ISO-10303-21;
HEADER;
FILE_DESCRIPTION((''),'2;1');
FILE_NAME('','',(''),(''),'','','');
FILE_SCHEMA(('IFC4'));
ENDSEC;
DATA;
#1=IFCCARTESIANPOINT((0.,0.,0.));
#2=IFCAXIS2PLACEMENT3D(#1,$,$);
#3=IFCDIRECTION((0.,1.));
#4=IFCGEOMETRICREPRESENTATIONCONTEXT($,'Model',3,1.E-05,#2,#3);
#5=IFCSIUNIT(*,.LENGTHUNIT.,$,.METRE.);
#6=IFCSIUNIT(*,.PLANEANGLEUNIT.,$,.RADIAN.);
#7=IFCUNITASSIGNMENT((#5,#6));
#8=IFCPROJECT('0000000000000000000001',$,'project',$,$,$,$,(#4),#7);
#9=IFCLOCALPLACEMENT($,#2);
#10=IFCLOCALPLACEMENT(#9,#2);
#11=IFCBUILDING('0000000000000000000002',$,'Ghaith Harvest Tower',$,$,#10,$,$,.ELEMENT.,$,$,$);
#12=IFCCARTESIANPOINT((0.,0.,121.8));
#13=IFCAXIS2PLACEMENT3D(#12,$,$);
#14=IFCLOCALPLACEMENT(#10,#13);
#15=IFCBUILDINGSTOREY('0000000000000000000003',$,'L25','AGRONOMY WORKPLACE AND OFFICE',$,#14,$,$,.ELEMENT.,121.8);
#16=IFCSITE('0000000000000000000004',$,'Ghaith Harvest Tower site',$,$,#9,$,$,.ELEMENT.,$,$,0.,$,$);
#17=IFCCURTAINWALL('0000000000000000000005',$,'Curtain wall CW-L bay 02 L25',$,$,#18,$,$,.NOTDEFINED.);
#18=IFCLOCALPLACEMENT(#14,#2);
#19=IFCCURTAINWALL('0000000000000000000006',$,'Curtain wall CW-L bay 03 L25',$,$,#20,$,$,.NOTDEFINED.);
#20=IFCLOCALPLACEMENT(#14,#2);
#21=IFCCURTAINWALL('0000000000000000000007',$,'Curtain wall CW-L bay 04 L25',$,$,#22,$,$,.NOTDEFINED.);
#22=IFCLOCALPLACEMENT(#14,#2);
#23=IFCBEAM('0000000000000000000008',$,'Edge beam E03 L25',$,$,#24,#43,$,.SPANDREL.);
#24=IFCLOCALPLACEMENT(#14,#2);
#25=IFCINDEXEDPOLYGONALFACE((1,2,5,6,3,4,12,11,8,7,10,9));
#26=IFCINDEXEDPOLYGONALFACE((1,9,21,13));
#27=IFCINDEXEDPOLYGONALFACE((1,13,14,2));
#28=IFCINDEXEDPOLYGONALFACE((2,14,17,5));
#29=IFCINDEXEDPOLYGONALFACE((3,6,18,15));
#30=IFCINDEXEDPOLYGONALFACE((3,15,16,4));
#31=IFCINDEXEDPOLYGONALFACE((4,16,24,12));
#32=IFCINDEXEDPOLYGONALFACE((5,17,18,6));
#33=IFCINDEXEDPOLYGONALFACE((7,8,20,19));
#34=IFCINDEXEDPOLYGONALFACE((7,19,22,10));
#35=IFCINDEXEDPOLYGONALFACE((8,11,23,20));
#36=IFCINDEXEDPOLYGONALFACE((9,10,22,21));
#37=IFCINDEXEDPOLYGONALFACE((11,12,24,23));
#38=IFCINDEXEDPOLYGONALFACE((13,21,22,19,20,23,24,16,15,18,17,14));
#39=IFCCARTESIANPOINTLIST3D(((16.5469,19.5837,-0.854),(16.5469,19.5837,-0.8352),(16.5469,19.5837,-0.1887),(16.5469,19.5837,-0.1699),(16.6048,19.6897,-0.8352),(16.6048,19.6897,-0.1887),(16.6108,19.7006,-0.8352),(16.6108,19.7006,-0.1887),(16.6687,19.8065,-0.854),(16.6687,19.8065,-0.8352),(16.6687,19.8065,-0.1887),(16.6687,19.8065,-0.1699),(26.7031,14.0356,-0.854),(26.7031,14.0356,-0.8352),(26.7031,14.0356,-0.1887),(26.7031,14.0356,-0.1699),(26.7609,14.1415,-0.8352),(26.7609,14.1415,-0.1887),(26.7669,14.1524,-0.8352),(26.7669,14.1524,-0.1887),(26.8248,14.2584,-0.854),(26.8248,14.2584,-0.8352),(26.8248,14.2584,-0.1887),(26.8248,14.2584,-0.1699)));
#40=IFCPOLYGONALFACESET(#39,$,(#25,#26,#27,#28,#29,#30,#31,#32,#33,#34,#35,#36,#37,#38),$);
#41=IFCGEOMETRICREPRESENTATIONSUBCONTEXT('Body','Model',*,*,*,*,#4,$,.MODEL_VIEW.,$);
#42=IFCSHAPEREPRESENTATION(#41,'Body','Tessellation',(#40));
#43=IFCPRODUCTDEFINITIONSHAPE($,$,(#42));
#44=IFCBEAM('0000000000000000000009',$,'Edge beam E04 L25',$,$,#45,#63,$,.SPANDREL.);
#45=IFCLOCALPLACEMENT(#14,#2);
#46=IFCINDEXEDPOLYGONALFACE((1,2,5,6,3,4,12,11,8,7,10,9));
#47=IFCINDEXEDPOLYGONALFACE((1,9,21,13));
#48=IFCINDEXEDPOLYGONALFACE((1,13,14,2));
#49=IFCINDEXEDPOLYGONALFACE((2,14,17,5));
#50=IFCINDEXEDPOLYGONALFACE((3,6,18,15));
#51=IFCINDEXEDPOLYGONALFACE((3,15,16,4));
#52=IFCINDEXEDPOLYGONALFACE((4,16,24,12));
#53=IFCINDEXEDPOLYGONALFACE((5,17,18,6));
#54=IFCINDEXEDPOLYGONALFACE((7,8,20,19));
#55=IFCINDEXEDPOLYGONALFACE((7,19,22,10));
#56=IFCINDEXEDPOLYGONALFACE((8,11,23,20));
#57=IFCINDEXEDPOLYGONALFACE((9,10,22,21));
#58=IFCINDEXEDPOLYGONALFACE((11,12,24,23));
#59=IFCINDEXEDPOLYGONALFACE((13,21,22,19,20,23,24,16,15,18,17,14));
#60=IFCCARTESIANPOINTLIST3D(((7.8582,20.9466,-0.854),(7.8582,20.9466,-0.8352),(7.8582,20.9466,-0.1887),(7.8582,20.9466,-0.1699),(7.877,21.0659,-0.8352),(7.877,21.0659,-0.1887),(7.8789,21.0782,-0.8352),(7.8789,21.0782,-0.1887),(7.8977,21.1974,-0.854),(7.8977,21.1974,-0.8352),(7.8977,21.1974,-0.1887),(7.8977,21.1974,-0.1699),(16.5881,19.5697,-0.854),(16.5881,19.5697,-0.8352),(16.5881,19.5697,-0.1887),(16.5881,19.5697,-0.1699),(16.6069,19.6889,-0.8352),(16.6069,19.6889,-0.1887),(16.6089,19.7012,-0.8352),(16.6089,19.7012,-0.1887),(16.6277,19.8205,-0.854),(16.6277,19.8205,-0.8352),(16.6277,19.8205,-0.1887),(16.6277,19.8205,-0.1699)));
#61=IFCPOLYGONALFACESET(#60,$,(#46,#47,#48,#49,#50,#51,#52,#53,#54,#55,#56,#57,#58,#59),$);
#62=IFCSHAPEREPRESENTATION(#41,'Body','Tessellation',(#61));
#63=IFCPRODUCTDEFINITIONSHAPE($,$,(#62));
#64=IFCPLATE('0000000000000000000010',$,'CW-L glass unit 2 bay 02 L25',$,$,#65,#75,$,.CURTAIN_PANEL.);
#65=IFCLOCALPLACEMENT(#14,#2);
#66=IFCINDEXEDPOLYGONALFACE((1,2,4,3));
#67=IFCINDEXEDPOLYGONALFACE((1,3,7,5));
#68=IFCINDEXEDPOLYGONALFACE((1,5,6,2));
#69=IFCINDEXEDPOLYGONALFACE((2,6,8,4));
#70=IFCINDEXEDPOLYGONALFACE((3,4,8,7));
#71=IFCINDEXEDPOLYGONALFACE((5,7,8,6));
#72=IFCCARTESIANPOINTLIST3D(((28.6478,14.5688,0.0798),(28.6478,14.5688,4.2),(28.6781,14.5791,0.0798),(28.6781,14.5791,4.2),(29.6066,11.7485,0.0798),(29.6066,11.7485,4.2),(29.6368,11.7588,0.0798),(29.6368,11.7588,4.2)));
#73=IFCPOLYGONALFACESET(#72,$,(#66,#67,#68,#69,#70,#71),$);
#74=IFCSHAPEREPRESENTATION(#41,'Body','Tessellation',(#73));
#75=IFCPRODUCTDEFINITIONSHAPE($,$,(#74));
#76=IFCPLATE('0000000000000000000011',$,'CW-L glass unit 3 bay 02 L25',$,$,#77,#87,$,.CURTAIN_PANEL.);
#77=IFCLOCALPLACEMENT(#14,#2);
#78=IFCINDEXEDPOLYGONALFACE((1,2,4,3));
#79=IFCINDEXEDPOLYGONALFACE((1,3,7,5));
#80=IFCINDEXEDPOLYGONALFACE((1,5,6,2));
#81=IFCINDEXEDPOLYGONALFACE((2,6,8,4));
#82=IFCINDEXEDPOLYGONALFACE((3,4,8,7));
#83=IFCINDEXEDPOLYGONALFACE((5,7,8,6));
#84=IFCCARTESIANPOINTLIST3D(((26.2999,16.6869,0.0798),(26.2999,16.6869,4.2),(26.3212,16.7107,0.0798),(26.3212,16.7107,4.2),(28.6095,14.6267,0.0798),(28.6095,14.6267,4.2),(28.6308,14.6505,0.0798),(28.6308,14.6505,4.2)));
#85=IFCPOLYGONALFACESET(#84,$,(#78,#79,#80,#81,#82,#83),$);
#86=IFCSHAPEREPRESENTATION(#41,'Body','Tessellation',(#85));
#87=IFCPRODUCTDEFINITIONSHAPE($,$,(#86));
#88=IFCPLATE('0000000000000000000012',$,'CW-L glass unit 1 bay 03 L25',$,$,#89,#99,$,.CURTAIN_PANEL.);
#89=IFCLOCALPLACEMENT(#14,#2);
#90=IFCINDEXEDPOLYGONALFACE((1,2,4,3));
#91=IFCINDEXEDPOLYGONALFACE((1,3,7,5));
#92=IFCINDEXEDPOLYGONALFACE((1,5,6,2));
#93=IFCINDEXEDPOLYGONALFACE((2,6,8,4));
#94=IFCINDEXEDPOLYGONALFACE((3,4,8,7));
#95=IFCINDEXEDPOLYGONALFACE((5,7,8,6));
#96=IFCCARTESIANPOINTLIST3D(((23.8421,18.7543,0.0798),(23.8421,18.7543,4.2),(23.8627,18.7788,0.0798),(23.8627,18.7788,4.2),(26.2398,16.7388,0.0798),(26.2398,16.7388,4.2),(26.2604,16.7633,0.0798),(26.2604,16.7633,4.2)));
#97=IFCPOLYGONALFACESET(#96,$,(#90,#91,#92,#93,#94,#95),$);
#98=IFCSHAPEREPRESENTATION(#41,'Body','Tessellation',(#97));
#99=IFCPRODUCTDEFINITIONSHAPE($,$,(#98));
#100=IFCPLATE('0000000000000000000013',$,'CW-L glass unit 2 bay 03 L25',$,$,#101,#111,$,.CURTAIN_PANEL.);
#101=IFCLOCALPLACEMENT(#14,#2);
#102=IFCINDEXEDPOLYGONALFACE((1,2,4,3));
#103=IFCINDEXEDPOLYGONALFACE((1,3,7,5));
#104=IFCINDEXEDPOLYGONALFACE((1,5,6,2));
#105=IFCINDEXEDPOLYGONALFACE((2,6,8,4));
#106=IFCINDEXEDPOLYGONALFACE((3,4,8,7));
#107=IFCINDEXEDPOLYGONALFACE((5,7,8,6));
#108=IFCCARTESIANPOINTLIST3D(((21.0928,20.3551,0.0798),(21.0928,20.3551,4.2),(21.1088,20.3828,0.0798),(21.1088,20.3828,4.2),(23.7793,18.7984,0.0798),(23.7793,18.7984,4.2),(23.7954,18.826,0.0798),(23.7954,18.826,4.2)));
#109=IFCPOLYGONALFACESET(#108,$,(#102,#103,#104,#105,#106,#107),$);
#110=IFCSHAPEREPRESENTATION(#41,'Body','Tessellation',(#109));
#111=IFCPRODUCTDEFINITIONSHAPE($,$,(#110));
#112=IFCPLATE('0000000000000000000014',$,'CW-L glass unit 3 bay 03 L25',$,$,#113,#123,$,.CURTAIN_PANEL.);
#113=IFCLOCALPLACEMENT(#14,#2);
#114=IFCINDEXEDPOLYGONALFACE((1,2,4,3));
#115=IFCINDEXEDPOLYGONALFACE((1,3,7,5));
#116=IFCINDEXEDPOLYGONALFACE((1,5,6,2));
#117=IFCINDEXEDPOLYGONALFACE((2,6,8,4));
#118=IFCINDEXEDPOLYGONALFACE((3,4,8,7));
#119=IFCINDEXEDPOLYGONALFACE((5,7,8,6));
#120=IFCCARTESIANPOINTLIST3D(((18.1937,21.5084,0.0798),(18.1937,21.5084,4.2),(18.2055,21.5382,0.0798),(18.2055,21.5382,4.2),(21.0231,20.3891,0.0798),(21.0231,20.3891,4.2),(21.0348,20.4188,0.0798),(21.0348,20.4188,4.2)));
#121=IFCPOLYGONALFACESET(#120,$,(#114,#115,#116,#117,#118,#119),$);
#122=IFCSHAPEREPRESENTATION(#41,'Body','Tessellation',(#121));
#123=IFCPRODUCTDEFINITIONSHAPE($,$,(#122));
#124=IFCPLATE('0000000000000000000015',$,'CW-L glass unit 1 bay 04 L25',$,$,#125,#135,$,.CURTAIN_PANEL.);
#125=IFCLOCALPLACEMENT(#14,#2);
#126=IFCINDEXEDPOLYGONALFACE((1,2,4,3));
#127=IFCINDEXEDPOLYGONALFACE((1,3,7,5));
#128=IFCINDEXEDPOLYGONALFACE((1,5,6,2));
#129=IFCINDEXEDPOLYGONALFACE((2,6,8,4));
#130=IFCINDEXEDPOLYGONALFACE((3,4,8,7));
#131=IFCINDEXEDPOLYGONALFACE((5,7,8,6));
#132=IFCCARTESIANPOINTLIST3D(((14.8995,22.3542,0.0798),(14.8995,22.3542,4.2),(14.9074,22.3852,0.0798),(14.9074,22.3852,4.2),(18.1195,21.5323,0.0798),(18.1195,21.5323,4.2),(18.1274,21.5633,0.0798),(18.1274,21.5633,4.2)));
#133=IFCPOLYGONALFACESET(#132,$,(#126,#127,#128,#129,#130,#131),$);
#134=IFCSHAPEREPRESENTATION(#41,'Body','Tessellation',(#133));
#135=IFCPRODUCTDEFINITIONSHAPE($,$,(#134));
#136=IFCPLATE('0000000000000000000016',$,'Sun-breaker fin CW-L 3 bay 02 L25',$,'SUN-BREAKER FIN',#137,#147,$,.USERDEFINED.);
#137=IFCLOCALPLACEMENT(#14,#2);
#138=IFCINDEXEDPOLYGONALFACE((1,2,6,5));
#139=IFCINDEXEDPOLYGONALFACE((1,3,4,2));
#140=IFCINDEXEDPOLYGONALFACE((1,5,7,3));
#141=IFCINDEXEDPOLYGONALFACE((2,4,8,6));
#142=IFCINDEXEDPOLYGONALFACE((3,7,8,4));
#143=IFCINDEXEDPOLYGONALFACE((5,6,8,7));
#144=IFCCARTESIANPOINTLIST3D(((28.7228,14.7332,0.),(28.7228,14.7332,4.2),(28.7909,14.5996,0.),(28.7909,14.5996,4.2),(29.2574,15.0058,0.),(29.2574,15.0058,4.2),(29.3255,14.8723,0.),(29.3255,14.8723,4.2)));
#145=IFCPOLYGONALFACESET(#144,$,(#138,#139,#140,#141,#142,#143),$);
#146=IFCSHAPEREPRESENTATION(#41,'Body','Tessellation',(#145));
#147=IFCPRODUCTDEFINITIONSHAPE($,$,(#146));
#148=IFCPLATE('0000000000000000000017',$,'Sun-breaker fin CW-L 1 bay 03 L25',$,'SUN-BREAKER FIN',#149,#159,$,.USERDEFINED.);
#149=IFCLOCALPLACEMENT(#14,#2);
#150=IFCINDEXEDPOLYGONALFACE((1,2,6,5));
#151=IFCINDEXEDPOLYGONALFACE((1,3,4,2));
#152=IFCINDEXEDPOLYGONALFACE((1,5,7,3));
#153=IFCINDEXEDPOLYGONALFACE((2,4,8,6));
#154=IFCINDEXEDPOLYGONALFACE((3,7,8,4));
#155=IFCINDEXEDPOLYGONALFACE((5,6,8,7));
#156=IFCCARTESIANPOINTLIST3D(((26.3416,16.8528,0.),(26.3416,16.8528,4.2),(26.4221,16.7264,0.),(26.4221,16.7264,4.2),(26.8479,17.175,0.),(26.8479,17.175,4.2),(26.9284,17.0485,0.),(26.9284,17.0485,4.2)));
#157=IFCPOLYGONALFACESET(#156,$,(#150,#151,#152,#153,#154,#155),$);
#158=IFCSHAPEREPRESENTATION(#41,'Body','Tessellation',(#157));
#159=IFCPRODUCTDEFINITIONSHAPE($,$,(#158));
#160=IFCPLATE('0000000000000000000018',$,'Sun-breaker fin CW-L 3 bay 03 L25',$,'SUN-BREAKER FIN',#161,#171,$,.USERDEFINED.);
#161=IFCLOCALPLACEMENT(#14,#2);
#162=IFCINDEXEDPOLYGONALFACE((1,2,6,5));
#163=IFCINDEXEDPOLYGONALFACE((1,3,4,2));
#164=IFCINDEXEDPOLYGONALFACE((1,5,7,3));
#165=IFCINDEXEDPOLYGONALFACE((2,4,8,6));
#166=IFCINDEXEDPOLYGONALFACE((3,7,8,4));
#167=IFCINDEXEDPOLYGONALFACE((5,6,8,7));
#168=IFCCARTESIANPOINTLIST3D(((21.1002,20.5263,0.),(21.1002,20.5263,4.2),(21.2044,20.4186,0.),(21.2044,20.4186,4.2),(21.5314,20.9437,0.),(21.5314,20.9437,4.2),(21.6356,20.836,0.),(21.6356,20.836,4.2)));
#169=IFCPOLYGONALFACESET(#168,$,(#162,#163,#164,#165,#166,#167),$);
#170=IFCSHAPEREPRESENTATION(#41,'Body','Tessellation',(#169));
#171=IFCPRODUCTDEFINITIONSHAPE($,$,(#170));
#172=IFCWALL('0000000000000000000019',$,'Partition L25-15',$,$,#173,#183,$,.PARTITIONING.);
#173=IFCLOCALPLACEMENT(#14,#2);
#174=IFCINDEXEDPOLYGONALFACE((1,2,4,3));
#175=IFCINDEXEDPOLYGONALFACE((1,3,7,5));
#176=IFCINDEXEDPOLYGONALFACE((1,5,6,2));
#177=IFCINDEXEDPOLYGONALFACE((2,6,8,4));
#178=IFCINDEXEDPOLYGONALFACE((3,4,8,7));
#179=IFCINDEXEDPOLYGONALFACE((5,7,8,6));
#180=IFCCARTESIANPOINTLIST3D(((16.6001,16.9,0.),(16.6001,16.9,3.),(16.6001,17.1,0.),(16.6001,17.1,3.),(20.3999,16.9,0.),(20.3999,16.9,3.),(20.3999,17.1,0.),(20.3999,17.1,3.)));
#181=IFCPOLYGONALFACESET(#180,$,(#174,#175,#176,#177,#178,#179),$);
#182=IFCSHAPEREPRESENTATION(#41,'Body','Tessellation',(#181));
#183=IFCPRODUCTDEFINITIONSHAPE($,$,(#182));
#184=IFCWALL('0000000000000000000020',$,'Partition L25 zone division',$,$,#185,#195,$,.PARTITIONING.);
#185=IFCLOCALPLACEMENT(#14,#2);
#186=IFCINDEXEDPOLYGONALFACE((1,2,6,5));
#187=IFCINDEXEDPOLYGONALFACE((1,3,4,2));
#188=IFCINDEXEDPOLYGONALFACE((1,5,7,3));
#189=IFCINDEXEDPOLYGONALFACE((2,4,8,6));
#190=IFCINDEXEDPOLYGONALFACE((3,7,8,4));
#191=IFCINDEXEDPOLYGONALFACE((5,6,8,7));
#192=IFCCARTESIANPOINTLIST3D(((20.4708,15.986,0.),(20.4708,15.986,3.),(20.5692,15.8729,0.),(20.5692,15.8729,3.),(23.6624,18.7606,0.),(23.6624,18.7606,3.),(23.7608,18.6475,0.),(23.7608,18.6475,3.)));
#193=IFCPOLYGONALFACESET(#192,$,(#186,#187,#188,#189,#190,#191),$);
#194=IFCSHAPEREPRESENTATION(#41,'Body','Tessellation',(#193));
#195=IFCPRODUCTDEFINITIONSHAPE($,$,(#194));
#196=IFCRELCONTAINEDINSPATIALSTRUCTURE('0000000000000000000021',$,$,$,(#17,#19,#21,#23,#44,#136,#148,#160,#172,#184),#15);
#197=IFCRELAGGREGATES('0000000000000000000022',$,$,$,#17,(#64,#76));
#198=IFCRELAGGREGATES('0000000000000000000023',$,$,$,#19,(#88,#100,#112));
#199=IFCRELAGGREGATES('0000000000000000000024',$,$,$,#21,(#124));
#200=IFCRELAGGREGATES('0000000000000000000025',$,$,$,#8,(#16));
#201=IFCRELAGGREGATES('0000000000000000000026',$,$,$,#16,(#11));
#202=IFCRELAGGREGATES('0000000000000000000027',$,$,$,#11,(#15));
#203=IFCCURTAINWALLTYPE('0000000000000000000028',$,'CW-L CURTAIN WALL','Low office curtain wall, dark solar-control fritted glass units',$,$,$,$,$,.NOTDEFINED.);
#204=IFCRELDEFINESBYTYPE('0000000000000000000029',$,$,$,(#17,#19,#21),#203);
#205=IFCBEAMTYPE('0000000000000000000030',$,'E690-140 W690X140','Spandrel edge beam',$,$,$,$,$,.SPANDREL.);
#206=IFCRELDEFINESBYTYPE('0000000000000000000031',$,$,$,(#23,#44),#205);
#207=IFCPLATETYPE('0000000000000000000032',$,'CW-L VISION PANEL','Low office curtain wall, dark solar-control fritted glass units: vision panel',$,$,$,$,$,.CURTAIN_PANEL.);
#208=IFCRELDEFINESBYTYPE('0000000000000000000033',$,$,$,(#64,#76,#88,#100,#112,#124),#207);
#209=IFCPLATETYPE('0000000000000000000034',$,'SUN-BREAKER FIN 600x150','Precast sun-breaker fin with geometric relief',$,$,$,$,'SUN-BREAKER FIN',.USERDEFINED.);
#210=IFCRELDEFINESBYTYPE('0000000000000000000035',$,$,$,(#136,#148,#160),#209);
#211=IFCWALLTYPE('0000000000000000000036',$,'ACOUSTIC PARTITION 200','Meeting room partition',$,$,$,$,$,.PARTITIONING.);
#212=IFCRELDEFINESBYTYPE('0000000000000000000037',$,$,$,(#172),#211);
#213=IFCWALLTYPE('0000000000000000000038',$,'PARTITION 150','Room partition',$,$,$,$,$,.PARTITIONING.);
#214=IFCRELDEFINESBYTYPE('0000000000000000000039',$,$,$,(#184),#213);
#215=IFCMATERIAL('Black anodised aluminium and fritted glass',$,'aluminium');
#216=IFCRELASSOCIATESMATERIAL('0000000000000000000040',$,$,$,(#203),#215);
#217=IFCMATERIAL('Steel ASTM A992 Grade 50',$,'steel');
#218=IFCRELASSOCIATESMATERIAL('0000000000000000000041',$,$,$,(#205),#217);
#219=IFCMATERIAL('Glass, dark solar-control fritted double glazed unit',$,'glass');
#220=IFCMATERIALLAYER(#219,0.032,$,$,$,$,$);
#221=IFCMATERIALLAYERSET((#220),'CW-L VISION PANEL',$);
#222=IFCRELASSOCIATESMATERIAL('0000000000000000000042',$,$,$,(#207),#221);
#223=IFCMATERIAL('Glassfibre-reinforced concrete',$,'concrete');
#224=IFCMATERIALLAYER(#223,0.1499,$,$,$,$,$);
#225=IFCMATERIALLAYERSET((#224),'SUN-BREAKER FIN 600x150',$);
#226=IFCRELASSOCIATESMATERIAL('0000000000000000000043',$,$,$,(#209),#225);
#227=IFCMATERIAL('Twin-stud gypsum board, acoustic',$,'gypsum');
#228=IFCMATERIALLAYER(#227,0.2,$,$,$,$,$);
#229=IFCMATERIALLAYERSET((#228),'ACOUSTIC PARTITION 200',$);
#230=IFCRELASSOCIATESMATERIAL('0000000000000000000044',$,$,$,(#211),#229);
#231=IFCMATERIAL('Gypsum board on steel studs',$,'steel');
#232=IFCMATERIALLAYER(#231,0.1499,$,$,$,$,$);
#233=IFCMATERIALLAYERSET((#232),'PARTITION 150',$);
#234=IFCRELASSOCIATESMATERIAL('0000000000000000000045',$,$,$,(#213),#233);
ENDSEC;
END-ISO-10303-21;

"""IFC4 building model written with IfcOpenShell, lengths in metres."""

from ifc_helpers import new_model, si_unit, direction, frame, frame_2d, origin, origin_2d, place, context, subcontext, project, spatial, rectangle, i_section, extrude, material, layer, layer_set, material_profile, profile_set, type_object, element, aggregate, save


model = new_model("IFC4")

# Units and contexts
model_context = context("Model", 3, precision=1e-05, world=origin(), true_north=direction((0.0, 1.0)))
body_context = subcontext(model_context, "Body", "Model", "MODEL_VIEW")
ifc_project = project(units=[si_unit("LENGTHUNIT", "METRE"), si_unit("PLANEANGLEUNIT", "RADIAN")], contexts=[model_context])

# Site, building, storey
site_placement = place(None, origin())
site = spatial("IfcSite", under=ifc_project, at=site_placement, Name="Ghaith Harvest Tower site", CompositionType="ELEMENT", RefElevation=0.0)
building_placement = place(site_placement, origin())
building = spatial("IfcBuilding", under=site, at=building_placement, Name="Ghaith Harvest Tower", CompositionType="ELEMENT")
storey_placement = place(building_placement, frame((0.0, 0.0, 121.8)))
storey = spatial("IfcBuildingStorey", under=building, at=storey_placement, Name="L25", Description="AGRONOMY WORKPLACE AND OFFICE", CompositionType="ELEMENT", Elevation=121.8)

# Curtain wall
ifc_material_1 = material(Name="Black anodised aluminium and fritted glass", Category="aluminium")
curtain_wall_type = type_object("IfcCurtainWallType", Name="CW-L CURTAIN WALL", Description="Low office curtain wall, dark solar-control fritted glass units", PredefinedType="NOTDEFINED", material=ifc_material_1)
curtain_wall_1_placement = place(storey_placement, origin())
curtain_wall_1 = element("IfcCurtainWall", 1, at=curtain_wall_1_placement, inside=storey, type_object=curtain_wall_type, Name="Curtain wall CW-L bay 02 L25", PredefinedType="NOTDEFINED")

# Curtain walls
curtain_wall_2_placement = place(storey_placement, origin())
curtain_wall_2 = element("IfcCurtainWall", 2, at=curtain_wall_2_placement, inside=storey, type_object=curtain_wall_type, Name="Curtain wall CW-L bay 03 L25", PredefinedType="NOTDEFINED")
curtain_wall_3_placement = place(storey_placement, origin())
curtain_wall_3 = element("IfcCurtainWall", 3, at=curtain_wall_3_placement, inside=storey, type_object=curtain_wall_type, Name="Curtain wall CW-L bay 04 L25", PredefinedType="NOTDEFINED")

# Beams
ifc_material_2 = material(Name="Steel ASTM A992 Grade 50", Category="steel")
ifc_material_profile_1 = material_profile(ifc_material_2, i_section(OverallWidth=0.2539, OverallDepth=0.6841, WebThickness=0.0125, FlangeThickness=0.0188, at=origin_2d()), Name="W690X140")
ifc_profile_set_1 = profile_set([ifc_material_profile_1], Name="Steel ASTM A992 Grade 50")
beam_type = type_object("IfcBeamType", Name="E690-140 W690X140", Description="Spandrel edge beam", PredefinedType="SPANDREL", material=ifc_profile_set_1)
beam_1_placement = place(storey_placement, frame((26.7639, 14.147, -0.512), z_axis=(-0.877588, 0.479415, 0.0), x_axis=(-0.479415, -0.877588, 0.0)))
element("IfcBeam", 4, at=beam_1_placement, inside=storey, type_object=beam_type, Name="Edge beam E03 L25", PredefinedType="SPANDREL", context=body_context, shape_type="SweptSolid", body=[
    extrude(i_section(OverallWidth=0.2539, OverallDepth=0.6841, WebThickness=0.0125, FlangeThickness=0.0188, at=origin_2d()), origin(), (0.0, 0.0, 1.0), 11.5728),
])
beam_2_placement = place(storey_placement, frame((16.6079, 19.6951, -0.512), z_axis=(-0.987788, 0.155801, 0.0), x_axis=(-0.155801, -0.987788, 0.0)))
element("IfcBeam", 5, at=beam_2_placement, inside=storey, type_object=beam_type, Name="Edge beam E04 L25", PredefinedType="SPANDREL", context=body_context, shape_type="SweptSolid", body=[
    extrude(i_section(OverallWidth=0.2539, OverallDepth=0.6841, WebThickness=0.0125, FlangeThickness=0.0188, at=origin_2d()), origin(), (0.0, 0.0, 1.0), 8.8379),
])

# Plates
ifc_material_3 = material(Name="Glass, dark solar-control fritted double glazed unit", Category="glass")
ifc_layer_1 = layer(ifc_material_3, 0.032)
ifc_layer_set_1 = layer_set([ifc_layer_1], Name="CW-L VISION PANEL")
plate_type_1 = type_object("IfcPlateType", Name="CW-L VISION PANEL", Description="Low office curtain wall, dark solar-control fritted glass units: vision panel", PredefinedType="CURTAIN_PANEL", material=ifc_layer_set_1)
plate_1_placement = place(storey_placement, frame((29.1423, 13.1638, 0.0798), z_axis=(0.0, 0.0, 1.0), x_axis=(-0.321853, 0.94679, 0.0)))
plate_1 = element("IfcPlate", 6, at=plate_1_placement, type_object=plate_type_1, Name="CW-L glass unit 2 bay 02 L25", PredefinedType="CURTAIN_PANEL", context=body_context, shape_type="SweptSolid", body=[
    extrude(rectangle(XDim=2.9788, YDim=0.032, at=origin_2d()), origin(), (0.0, 0.0, 1.0), 4.1201),
])
plate_2_placement = place(storey_placement, frame((27.4653, 15.6687, 0.0798), z_axis=(0.0, 0.0, 1.0), x_axis=(-0.746251, 0.665665, 0.0)))
plate_2 = element("IfcPlate", 7, at=plate_2_placement, type_object=plate_type_1, Name="CW-L glass unit 3 bay 02 L25", PredefinedType="CURTAIN_PANEL", context=body_context, shape_type="SweptSolid", body=[
    extrude(rectangle(XDim=3.095, YDim=0.032, at=origin_2d()), origin(), (0.0, 0.0, 1.0), 4.1201),
])
aggregate(curtain_wall_1, [plate_1, plate_2])
plate_3_placement = place(storey_placement, frame((25.0513, 17.7588, 0.0798), z_axis=(0.0, 0.0, 1.0), x_axis=(-0.765473, 0.643468, 0.0)))
plate_3 = element("IfcPlate", 8, at=plate_3_placement, type_object=plate_type_1, Name="CW-L glass unit 1 bay 03 L25", PredefinedType="CURTAIN_PANEL", context=body_context, shape_type="SweptSolid", body=[
    extrude(rectangle(XDim=3.1323, YDim=0.032, at=origin_2d()), origin(), (0.0, 0.0, 1.0), 4.1201),
])
plate_4_placement = place(storey_placement, frame((22.4441, 19.5906, 0.0798), z_axis=(0.0, 0.0, 1.0), x_axis=(-0.865232, 0.501372, 0.0)))
plate_4 = element("IfcPlate", 9, at=plate_4_placement, type_object=plate_type_1, Name="CW-L glass unit 2 bay 03 L25", PredefinedType="CURTAIN_PANEL", context=body_context, shape_type="SweptSolid", body=[
    extrude(rectangle(XDim=3.105, YDim=0.032, at=origin_2d()), origin(), (0.0, 0.0, 1.0), 4.1201),
])
plate_5_placement = place(storey_placement, frame((19.6143, 20.9636, 0.0798), z_axis=(0.0, 0.0, 1.0), x_axis=(-0.929877, 0.367872, 0.0)))
plate_5 = element("IfcPlate", 10, at=plate_5_placement, type_object=plate_type_1, Name="CW-L glass unit 3 bay 03 L25", PredefinedType="CURTAIN_PANEL", context=body_context, shape_type="SweptSolid", body=[
    extrude(rectangle(XDim=3.0427, YDim=0.032, at=origin_2d()), origin(), (0.0, 0.0, 1.0), 4.1201),
])
aggregate(curtain_wall_2, [plate_3, plate_4, plate_5])
plate_6_placement = place(storey_placement, frame((16.5134, 21.9587, 0.0798), z_axis=(0.0, 0.0, 1.0), x_axis=(-0.968931, 0.247331, 0.0)))
plate_6 = element("IfcPlate", 11, at=plate_6_placement, type_object=plate_type_1, Name="CW-L glass unit 1 bay 04 L25", PredefinedType="CURTAIN_PANEL", context=body_context, shape_type="SweptSolid", body=[
    extrude(rectangle(XDim=3.3232, YDim=0.032, at=origin_2d()), origin(), (0.0, 0.0, 1.0), 4.1201),
])
aggregate(curtain_wall_3, [plate_6])

# Plates
ifc_material_4 = material(Name="Glassfibre-reinforced concrete", Category="concrete")
ifc_layer_2 = layer(ifc_material_4, 0.1499)
ifc_layer_set_2 = layer_set([ifc_layer_2], Name="SUN-BREAKER FIN 600x150")
plate_type_2 = type_object("IfcPlateType", Name="SUN-BREAKER FIN 600x150", Description="Precast sun-breaker fin with geometric relief", ElementType="SUN-BREAKER FIN", PredefinedType="USERDEFINED", material=ifc_layer_set_2)
for number, where, z_axis, x_axis, name in (
    (12, (29.0242, 14.8027, 0.0), (0.0, 0.0, 1.0), (0.890831, 0.454335, 0.0), "Sun-breaker fin CW-L 3 bay 02 L25"),
    (13, (26.635, 16.9507, 0.0), (0.0, 0.0, 1.0), (0.843644, 0.536903, 0.0), "Sun-breaker fin CW-L 1 bay 03 L25"),
    (14, (21.3679, 20.6812, 0.0), (0.0, 0.0, 1.0), (0.718559, 0.695466, 0.0), "Sun-breaker fin CW-L 3 bay 03 L25"),
):
    element("IfcPlate", number, at=place(storey_placement, frame(where, z_axis=z_axis, x_axis=x_axis)), inside=storey, type_object=plate_type_2, Name=name, ObjectType="SUN-BREAKER FIN", PredefinedType="USERDEFINED", context=body_context, shape_type="SweptSolid", body=[
        extrude(rectangle(XDim=0.6001, YDim=0.1499, at=origin_2d()), origin(), (0.0, 0.0, 1.0), 4.2),
    ])

# Walls
ifc_material_5 = material(Name="Twin-stud gypsum board, acoustic", Category="gypsum")
ifc_layer_3 = layer(ifc_material_5, 0.2)
ifc_layer_set_3 = layer_set([ifc_layer_3], Name="ACOUSTIC PARTITION 200")
wall_type_1 = type_object("IfcWallType", Name="ACOUSTIC PARTITION 200", Description="Meeting room partition", PredefinedType="PARTITIONING", material=ifc_layer_set_3)
wall_1_placement = place(storey_placement, frame((16.6001, 17.0, 0.0), z_axis=(0.0, 0.0, 1.0), x_axis=(1.0, 0.0, 0.0)))
element("IfcWall", 15, at=wall_1_placement, inside=storey, type_object=wall_type_1, Name="Partition L25-15", PredefinedType="PARTITIONING", context=body_context, shape_type="SweptSolid", body=[
    extrude(rectangle(XDim=3.7998, YDim=0.2, at=frame_2d((1.8999, 0.0))), origin(), (0.0, 0.0, 1.0), 3.0),
])
ifc_material_6 = material(Name="Gypsum board on steel studs", Category="steel")
ifc_layer_4 = layer(ifc_material_6, 0.1499)
ifc_layer_set_4 = layer_set([ifc_layer_4], Name="PARTITION 150")
wall_type_2 = type_object("IfcWallType", Name="PARTITION 150", Description="Room partition", PredefinedType="PARTITIONING", material=ifc_layer_set_4)
wall_2_placement = place(storey_placement, frame((20.52, 15.9294, 0.0), z_axis=(0.0, 0.0, 1.0), x_axis=(0.754686, 0.656086, 0.0)))
element("IfcWall", 16, at=wall_2_placement, inside=storey, type_object=wall_type_2, Name="Partition L25 zone division", PredefinedType="PARTITIONING", context=body_context, shape_type="SweptSolid", body=[
    extrude(rectangle(XDim=4.229, YDim=0.1499, at=frame_2d((2.1145, 0.0))), origin(), (0.0, 0.0, 1.0), 3.0),
])

save(model, "model.ifc")
